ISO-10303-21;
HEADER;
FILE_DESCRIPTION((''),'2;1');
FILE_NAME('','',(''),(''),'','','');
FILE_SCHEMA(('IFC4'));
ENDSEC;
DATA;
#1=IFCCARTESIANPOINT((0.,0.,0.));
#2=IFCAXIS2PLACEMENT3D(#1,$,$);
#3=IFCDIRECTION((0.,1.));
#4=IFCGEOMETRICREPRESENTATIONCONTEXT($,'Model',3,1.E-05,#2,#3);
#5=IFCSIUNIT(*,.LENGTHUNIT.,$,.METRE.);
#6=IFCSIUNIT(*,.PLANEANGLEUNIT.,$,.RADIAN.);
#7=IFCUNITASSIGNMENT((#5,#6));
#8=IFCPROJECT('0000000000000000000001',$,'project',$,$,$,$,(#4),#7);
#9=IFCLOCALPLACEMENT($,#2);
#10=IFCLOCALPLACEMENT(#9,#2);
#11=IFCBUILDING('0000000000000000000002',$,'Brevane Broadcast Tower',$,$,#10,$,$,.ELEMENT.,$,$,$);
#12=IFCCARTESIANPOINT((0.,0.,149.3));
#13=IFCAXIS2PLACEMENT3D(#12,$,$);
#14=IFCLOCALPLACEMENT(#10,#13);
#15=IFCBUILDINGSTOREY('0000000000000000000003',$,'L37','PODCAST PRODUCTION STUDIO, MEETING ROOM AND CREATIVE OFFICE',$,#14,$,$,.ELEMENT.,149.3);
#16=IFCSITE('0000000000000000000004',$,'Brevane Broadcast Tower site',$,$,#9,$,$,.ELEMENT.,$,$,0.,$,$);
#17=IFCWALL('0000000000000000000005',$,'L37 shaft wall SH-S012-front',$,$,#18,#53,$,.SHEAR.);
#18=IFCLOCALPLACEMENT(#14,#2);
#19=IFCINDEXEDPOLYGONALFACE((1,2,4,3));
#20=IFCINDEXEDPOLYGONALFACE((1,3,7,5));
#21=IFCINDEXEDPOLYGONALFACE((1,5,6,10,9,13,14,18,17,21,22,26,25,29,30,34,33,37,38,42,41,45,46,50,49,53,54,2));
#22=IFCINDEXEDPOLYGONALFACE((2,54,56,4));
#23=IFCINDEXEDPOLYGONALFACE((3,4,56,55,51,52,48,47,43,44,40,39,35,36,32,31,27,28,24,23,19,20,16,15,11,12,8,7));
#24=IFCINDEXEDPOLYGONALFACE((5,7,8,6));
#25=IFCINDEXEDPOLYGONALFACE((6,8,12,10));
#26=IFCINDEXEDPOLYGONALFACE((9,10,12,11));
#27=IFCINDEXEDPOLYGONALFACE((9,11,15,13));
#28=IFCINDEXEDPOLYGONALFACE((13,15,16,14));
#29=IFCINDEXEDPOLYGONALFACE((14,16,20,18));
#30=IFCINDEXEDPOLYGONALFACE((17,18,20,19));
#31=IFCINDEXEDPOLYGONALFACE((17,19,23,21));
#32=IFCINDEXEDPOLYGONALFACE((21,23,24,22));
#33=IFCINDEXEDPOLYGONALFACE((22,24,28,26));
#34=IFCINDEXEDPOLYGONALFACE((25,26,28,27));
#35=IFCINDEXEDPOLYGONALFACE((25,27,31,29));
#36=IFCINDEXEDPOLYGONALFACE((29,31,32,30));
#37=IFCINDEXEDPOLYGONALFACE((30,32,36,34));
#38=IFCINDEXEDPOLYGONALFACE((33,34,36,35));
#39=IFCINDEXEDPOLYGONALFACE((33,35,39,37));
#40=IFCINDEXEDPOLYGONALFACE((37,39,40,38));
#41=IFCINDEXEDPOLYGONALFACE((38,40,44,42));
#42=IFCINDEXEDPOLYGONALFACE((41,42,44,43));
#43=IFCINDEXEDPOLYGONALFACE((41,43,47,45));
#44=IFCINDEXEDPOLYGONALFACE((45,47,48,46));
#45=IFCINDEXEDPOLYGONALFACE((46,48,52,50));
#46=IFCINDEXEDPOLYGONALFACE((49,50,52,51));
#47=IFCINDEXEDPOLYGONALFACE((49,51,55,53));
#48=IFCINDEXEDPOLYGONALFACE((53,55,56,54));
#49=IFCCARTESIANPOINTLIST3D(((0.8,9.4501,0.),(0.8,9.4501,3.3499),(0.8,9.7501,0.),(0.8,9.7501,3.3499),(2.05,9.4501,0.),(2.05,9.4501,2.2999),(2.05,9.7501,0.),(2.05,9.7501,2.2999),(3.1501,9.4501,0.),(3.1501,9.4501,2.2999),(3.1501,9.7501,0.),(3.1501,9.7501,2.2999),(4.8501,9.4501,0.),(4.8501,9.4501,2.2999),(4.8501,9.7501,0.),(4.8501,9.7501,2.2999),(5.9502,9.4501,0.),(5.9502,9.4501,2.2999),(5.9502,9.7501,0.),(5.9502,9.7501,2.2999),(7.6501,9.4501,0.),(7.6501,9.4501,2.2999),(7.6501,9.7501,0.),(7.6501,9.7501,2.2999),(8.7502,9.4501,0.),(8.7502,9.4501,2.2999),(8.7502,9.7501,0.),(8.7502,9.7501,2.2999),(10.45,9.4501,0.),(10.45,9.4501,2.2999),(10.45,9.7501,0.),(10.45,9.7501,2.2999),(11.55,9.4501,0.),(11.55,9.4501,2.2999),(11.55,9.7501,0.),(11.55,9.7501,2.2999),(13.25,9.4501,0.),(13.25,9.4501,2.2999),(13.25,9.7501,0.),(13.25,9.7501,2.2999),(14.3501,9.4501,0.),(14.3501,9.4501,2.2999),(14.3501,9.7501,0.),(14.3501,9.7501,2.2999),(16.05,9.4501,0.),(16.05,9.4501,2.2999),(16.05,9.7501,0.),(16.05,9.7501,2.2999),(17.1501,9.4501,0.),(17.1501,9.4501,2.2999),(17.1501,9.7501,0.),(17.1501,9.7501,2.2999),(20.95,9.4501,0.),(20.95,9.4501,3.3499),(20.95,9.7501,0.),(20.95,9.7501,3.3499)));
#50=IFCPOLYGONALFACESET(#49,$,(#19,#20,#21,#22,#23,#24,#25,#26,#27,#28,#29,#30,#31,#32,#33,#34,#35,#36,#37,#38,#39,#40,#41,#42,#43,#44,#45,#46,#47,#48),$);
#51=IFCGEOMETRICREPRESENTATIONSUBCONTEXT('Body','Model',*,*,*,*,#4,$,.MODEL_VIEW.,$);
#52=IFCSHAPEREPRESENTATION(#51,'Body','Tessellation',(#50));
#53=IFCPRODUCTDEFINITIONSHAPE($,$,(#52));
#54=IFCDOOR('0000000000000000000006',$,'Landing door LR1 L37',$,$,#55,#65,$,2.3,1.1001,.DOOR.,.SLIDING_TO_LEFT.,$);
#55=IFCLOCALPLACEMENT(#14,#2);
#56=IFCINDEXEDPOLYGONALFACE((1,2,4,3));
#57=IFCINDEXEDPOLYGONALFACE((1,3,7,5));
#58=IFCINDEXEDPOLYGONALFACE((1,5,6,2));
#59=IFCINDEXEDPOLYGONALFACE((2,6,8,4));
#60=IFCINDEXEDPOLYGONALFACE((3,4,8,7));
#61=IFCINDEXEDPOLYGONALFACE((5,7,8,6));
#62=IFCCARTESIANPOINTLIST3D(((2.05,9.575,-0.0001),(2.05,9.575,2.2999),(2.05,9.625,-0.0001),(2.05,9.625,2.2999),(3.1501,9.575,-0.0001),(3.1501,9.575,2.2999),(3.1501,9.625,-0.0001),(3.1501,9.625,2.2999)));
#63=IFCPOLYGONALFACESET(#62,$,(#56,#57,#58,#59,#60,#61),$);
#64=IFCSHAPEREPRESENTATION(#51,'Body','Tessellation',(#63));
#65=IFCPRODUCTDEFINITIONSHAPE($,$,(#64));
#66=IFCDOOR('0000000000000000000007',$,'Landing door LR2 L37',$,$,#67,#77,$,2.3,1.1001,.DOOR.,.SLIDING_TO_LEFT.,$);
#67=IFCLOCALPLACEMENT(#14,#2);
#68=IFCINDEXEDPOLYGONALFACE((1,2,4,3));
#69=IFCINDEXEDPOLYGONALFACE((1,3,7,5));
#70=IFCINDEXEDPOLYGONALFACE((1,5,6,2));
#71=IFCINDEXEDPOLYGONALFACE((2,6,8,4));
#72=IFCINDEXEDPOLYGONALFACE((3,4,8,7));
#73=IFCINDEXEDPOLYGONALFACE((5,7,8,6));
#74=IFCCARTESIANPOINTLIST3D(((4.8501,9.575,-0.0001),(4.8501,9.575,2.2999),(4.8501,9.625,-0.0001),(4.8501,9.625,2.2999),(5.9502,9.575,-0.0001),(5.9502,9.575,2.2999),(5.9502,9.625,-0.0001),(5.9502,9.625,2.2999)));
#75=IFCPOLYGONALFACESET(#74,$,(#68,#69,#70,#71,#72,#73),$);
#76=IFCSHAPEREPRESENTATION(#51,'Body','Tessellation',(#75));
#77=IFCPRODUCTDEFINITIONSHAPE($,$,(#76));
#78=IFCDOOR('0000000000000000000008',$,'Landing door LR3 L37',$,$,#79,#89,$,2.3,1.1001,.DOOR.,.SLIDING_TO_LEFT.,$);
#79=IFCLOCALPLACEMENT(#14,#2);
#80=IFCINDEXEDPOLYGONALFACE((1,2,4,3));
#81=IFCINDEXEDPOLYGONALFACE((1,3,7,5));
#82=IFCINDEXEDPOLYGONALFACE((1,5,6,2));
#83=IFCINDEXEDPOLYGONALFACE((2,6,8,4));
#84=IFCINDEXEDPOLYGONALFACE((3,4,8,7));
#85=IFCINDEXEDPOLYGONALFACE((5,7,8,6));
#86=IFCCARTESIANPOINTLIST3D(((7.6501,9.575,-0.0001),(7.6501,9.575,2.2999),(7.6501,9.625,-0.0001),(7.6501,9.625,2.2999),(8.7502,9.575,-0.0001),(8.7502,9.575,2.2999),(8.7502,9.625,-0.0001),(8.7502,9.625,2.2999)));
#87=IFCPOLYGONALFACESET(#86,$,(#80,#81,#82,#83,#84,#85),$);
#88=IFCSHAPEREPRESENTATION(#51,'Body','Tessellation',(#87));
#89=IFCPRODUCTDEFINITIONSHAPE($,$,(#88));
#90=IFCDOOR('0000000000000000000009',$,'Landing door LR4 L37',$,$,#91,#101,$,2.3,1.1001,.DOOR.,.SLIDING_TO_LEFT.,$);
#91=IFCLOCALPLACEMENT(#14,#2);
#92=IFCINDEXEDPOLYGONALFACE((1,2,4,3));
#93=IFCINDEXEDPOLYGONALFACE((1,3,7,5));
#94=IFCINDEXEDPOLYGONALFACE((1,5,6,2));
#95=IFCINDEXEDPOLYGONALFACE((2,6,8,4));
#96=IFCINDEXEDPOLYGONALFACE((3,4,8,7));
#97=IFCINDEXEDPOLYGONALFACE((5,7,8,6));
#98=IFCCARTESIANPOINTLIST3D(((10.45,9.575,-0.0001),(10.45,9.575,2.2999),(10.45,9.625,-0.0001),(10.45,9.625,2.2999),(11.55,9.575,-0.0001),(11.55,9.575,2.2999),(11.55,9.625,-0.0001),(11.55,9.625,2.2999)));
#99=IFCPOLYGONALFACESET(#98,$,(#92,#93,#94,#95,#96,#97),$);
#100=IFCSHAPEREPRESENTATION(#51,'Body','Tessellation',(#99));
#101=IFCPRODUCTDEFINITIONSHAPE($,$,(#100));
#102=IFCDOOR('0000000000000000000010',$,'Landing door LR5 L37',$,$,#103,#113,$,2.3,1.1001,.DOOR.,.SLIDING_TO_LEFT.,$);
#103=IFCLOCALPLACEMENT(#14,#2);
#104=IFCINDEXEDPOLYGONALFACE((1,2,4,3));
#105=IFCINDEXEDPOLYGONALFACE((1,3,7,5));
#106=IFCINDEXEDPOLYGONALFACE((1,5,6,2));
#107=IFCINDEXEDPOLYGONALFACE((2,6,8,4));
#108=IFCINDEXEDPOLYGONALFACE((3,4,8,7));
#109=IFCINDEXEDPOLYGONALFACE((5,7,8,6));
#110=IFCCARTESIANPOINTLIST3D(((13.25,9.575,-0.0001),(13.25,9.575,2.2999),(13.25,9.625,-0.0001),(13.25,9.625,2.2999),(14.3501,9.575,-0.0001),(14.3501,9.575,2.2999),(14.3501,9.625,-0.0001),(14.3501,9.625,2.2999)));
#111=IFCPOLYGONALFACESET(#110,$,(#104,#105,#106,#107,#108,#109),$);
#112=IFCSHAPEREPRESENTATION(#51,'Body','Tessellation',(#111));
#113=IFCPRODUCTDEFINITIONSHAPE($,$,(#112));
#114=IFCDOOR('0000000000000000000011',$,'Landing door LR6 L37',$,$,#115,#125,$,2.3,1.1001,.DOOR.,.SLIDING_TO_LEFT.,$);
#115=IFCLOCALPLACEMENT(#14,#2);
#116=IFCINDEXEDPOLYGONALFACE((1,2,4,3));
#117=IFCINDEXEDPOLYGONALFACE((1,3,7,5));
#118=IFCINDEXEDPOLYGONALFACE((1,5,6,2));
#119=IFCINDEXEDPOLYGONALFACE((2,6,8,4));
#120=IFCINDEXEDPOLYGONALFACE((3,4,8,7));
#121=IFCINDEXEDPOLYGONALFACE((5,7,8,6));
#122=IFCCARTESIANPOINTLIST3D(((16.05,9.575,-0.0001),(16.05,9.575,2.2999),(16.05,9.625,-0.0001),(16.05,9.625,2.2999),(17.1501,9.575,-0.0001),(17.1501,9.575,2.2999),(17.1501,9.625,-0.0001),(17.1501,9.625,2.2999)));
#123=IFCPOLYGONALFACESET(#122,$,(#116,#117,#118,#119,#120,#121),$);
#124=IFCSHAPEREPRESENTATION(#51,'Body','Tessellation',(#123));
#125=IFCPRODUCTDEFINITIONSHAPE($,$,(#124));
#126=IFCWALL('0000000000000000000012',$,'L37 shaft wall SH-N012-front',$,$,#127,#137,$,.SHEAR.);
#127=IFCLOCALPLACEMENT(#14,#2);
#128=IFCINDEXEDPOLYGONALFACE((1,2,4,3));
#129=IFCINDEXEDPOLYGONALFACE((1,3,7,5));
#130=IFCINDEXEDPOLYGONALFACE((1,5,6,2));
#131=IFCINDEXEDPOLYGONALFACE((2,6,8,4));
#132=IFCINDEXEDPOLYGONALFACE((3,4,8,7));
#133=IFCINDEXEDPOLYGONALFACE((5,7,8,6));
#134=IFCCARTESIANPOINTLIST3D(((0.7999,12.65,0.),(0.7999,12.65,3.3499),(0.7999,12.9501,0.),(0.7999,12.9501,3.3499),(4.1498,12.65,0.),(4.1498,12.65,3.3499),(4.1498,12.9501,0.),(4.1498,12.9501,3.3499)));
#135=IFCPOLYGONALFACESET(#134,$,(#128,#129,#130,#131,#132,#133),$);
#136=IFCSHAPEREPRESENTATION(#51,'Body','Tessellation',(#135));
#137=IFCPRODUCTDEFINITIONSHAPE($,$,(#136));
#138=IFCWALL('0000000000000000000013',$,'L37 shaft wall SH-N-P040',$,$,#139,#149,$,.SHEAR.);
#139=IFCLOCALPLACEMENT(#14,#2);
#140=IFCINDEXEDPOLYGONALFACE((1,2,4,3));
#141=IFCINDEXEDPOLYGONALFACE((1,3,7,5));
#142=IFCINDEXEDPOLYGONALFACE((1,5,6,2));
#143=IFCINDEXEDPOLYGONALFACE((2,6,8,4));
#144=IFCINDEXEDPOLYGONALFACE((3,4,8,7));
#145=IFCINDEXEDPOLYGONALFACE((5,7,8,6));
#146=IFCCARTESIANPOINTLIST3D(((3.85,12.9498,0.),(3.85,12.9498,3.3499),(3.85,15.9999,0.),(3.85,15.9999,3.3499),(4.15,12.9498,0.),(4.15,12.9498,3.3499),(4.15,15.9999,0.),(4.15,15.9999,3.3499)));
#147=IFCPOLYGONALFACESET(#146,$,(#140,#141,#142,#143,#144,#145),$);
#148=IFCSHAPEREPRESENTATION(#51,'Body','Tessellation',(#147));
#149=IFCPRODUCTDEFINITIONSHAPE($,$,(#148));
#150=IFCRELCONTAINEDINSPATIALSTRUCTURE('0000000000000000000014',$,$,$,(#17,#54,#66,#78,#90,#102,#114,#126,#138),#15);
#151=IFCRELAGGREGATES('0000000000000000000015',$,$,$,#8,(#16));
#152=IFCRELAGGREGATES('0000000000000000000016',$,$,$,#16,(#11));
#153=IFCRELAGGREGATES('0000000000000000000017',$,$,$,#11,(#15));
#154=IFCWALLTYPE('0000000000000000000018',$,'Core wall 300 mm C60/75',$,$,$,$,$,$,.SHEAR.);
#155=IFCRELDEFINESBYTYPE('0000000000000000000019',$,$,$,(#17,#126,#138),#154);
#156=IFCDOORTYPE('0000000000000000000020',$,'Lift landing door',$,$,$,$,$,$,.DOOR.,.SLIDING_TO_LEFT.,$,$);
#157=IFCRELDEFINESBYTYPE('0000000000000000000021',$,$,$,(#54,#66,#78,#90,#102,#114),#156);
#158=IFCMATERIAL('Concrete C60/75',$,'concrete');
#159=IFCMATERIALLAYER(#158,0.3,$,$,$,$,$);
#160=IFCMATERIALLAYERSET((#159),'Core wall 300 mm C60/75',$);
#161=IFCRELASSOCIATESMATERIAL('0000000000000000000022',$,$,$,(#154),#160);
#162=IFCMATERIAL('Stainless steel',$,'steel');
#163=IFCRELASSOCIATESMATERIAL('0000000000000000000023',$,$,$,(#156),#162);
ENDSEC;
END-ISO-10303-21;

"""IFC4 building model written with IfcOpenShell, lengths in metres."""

from ifc_helpers import new_model, si_unit, direction, frame, frame_2d, origin, place, context, subcontext, project, spatial, rectangle, extrude, material, layer, layer_set, type_object, element, fill, save


model = new_model("IFC4")

# Units and contexts
model_context = context("Model", 3, precision=1e-05, world=origin(), true_north=direction((0.0, 1.0)))
body_context = subcontext(model_context, "Body", "Model", "MODEL_VIEW")
ifc_project = project(units=[si_unit("LENGTHUNIT", "METRE"), si_unit("PLANEANGLEUNIT", "RADIAN")], contexts=[model_context])

# Site, building, storey
site_placement = place(None, origin())
site = spatial("IfcSite", under=ifc_project, at=site_placement, Name="Brevane Broadcast Tower site", CompositionType="ELEMENT", RefElevation=0.0)
building_placement = place(site_placement, origin())
building = spatial("IfcBuilding", under=site, at=building_placement, Name="Brevane Broadcast Tower", CompositionType="ELEMENT")
storey_placement = place(building_placement, frame((0.0, 0.0, 149.3)))
storey = spatial("IfcBuildingStorey", under=building, at=storey_placement, Name="L37", Description="PODCAST PRODUCTION STUDIO, MEETING ROOM AND CREATIVE OFFICE", CompositionType="ELEMENT", Elevation=149.3)

# Wall, openings, doors
ifc_material_1 = material(Name="Concrete C60/75", Category="concrete")
ifc_layer_1 = layer(ifc_material_1, 0.3)
ifc_layer_set_1 = layer_set([ifc_layer_1], Name="Core wall 300 mm C60/75")
wall_type_1 = type_object("IfcWallType", Name="Core wall 300 mm C60/75", PredefinedType="SHEAR", material=ifc_layer_set_1)
wall_1_placement = place(storey_placement, frame((0.8, 9.6001, 0.0), z_axis=(0.0, 0.0, 1.0), x_axis=(1.0, 0.0, 0.0)))
wall_1 = element("IfcWall", 1, at=wall_1_placement, inside=storey, type_object=wall_type_1, Name="L37 shaft wall SH-S012-front", PredefinedType="SHEAR", context=body_context, shape_type="SweptSolid", body=[
    extrude(rectangle(XDim=20.1499, YDim=0.3, at=frame_2d((10.075, 0.0))), origin(), (0.0, 0.0, 1.0), 3.3499),
])
opening_1_placement = place(wall_1_placement, frame((1.25, 0.0, 0.0)))
opening_1 = element("IfcOpeningElement", 2, at=opening_1_placement, cuts=wall_1, PredefinedType="OPENING", context=body_context, shape_type="SweptSolid", body=[
    extrude(rectangle(XDim=1.1001, YDim=2.3, at=frame_2d((0.55, 1.1499))), frame((0.0, 0.1599, 0.0), z_axis=(0.0, -1.0, 0.0), x_axis=(1.0, 0.0, 0.0)), (0.0, 0.0, 1.0), 0.3201),
])
opening_2_placement = place(wall_1_placement, frame((4.05, 0.0, 0.0)))
opening_2 = element("IfcOpeningElement", 3, at=opening_2_placement, cuts=wall_1, PredefinedType="OPENING", context=body_context, shape_type="SweptSolid", body=[
    extrude(rectangle(XDim=1.1001, YDim=2.3, at=frame_2d((0.55, 1.1499))), frame((0.0, 0.1599, 0.0), z_axis=(0.0, -1.0, 0.0), x_axis=(1.0, 0.0, 0.0)), (0.0, 0.0, 1.0), 0.3201),
])
opening_3_placement = place(wall_1_placement, frame((6.8501, 0.0, 0.0)))
opening_3 = element("IfcOpeningElement", 4, at=opening_3_placement, cuts=wall_1, PredefinedType="OPENING", context=body_context, shape_type="SweptSolid", body=[
    extrude(rectangle(XDim=1.1001, YDim=2.3, at=frame_2d((0.55, 1.1499))), frame((0.0, 0.1599, 0.0), z_axis=(0.0, -1.0, 0.0), x_axis=(1.0, 0.0, 0.0)), (0.0, 0.0, 1.0), 0.3201),
])
opening_4_placement = place(wall_1_placement, frame((9.6499, 0.0, 0.0)))
opening_4 = element("IfcOpeningElement", 5, at=opening_4_placement, cuts=wall_1, PredefinedType="OPENING", context=body_context, shape_type="SweptSolid", body=[
    extrude(rectangle(XDim=1.1001, YDim=2.3, at=frame_2d((0.55, 1.1499))), frame((0.0, 0.1599, 0.0), z_axis=(0.0, -1.0, 0.0), x_axis=(1.0, 0.0, 0.0)), (0.0, 0.0, 1.0), 0.3201),
])
opening_5_placement = place(wall_1_placement, frame((12.45, 0.0, 0.0)))
opening_5 = element("IfcOpeningElement", 6, at=opening_5_placement, cuts=wall_1, PredefinedType="OPENING", context=body_context, shape_type="SweptSolid", body=[
    extrude(rectangle(XDim=1.1001, YDim=2.3, at=frame_2d((0.55, 1.1499))), frame((0.0, 0.1599, 0.0), z_axis=(0.0, -1.0, 0.0), x_axis=(1.0, 0.0, 0.0)), (0.0, 0.0, 1.0), 0.3201),
])
opening_6_placement = place(wall_1_placement, frame((15.25, 0.0, 0.0)))
opening_6 = element("IfcOpeningElement", 7, at=opening_6_placement, cuts=wall_1, PredefinedType="OPENING", context=body_context, shape_type="SweptSolid", body=[
    extrude(rectangle(XDim=1.1001, YDim=2.3, at=frame_2d((0.55, 1.1499))), frame((0.0, 0.1599, 0.0), z_axis=(0.0, -1.0, 0.0), x_axis=(1.0, 0.0, 0.0)), (0.0, 0.0, 1.0), 0.3201),
])
ifc_material_2 = material(Name="Stainless steel", Category="steel")
door_type_1 = type_object("IfcDoorType", Name="Lift landing door", OperationType="SLIDING_TO_LEFT", PredefinedType="DOOR", material=ifc_material_2)
door_1_placement = place(opening_1_placement, origin())
door_1 = element("IfcDoor", 8, at=door_1_placement, inside=storey, type_object=door_type_1, Name="Landing door LR1 L37", OperationType="SLIDING_TO_LEFT", OverallHeight=2.3, OverallWidth=1.1001, PredefinedType="DOOR", context=body_context, shape_type="SweptSolid", body=[
    extrude(rectangle(XDim=1.1001, YDim=2.3, at=frame_2d((0.55, 1.1499))), frame((0.0, 0.0249, 0.0), z_axis=(0.0, -1.0, 0.0), x_axis=(1.0, 0.0, 0.0)), (0.0, 0.0, 1.0), 0.05),
])
fill(opening_1, door_1)
door_2_placement = place(opening_2_placement, origin())
door_2 = element("IfcDoor", 9, at=door_2_placement, inside=storey, type_object=door_type_1, Name="Landing door LR2 L37", OperationType="SLIDING_TO_LEFT", OverallHeight=2.3, OverallWidth=1.1001, PredefinedType="DOOR", context=body_context, shape_type="SweptSolid", body=[
    extrude(rectangle(XDim=1.1001, YDim=2.3, at=frame_2d((0.55, 1.1499))), frame((0.0, 0.0249, 0.0), z_axis=(0.0, -1.0, 0.0), x_axis=(1.0, 0.0, 0.0)), (0.0, 0.0, 1.0), 0.05),
])
fill(opening_2, door_2)
door_3_placement = place(opening_3_placement, origin())
door_3 = element("IfcDoor", 10, at=door_3_placement, inside=storey, type_object=door_type_1, Name="Landing door LR3 L37", OperationType="SLIDING_TO_LEFT", OverallHeight=2.3, OverallWidth=1.1001, PredefinedType="DOOR", context=body_context, shape_type="SweptSolid", body=[
    extrude(rectangle(XDim=1.1001, YDim=2.3, at=frame_2d((0.55, 1.1499))), frame((0.0, 0.0249, 0.0), z_axis=(0.0, -1.0, 0.0), x_axis=(1.0, 0.0, 0.0)), (0.0, 0.0, 1.0), 0.05),
])
fill(opening_3, door_3)
door_4_placement = place(opening_4_placement, origin())
door_4 = element("IfcDoor", 11, at=door_4_placement, inside=storey, type_object=door_type_1, Name="Landing door LR4 L37", OperationType="SLIDING_TO_LEFT", OverallHeight=2.3, OverallWidth=1.1001, PredefinedType="DOOR", context=body_context, shape_type="SweptSolid", body=[
    extrude(rectangle(XDim=1.1001, YDim=2.3, at=frame_2d((0.55, 1.1499))), frame((0.0, 0.0249, 0.0), z_axis=(0.0, -1.0, 0.0), x_axis=(1.0, 0.0, 0.0)), (0.0, 0.0, 1.0), 0.05),
])
fill(opening_4, door_4)
door_5_placement = place(opening_5_placement, origin())
door_5 = element("IfcDoor", 12, at=door_5_placement, inside=storey, type_object=door_type_1, Name="Landing door LR5 L37", OperationType="SLIDING_TO_LEFT", OverallHeight=2.3, OverallWidth=1.1001, PredefinedType="DOOR", context=body_context, shape_type="SweptSolid", body=[
    extrude(rectangle(XDim=1.1001, YDim=2.3, at=frame_2d((0.55, 1.1499))), frame((0.0, 0.0249, 0.0), z_axis=(0.0, -1.0, 0.0), x_axis=(1.0, 0.0, 0.0)), (0.0, 0.0, 1.0), 0.05),
])
fill(opening_5, door_5)
door_6_placement = place(opening_6_placement, origin())
door_6 = element("IfcDoor", 13, at=door_6_placement, inside=storey, type_object=door_type_1, Name="Landing door LR6 L37", OperationType="SLIDING_TO_LEFT", OverallHeight=2.3, OverallWidth=1.1001, PredefinedType="DOOR", context=body_context, shape_type="SweptSolid", body=[
    extrude(rectangle(XDim=1.1001, YDim=2.3, at=frame_2d((0.55, 1.1499))), frame((0.0, 0.0249, 0.0), z_axis=(0.0, -1.0, 0.0), x_axis=(1.0, 0.0, 0.0)), (0.0, 0.0, 1.0), 0.05),
])
fill(opening_6, door_6)

# Walls
wall_2_placement = place(storey_placement, frame((0.8, 12.8, 0.0), z_axis=(0.0, 0.0, 1.0), x_axis=(1.0, 0.0, 0.0)))
element("IfcWall", 14, at=wall_2_placement, inside=storey, type_object=wall_type_1, Name="L37 shaft wall SH-N012-front", PredefinedType="SHEAR", context=body_context, shape_type="SweptSolid", body=[
    extrude(rectangle(XDim=3.3499, YDim=0.3, at=frame_2d((1.6748, 0.0))), origin(), (0.0, 0.0, 1.0), 3.3499),
])
wall_3_placement = place(storey_placement, frame((4.0, 12.95, 0.0), z_axis=(0.0, 0.0, 1.0), x_axis=(0.0, 1.0, 0.0)))
element("IfcWall", 15, at=wall_3_placement, inside=storey, type_object=wall_type_1, Name="L37 shaft wall SH-N-P040", PredefinedType="SHEAR", context=body_context, shape_type="SweptSolid", body=[
    extrude(rectangle(XDim=3.05, YDim=0.3, at=frame_2d((1.5249, 0.0))), origin(), (0.0, 0.0, 1.0), 3.3499),
])

save(model, "model.ifc")
